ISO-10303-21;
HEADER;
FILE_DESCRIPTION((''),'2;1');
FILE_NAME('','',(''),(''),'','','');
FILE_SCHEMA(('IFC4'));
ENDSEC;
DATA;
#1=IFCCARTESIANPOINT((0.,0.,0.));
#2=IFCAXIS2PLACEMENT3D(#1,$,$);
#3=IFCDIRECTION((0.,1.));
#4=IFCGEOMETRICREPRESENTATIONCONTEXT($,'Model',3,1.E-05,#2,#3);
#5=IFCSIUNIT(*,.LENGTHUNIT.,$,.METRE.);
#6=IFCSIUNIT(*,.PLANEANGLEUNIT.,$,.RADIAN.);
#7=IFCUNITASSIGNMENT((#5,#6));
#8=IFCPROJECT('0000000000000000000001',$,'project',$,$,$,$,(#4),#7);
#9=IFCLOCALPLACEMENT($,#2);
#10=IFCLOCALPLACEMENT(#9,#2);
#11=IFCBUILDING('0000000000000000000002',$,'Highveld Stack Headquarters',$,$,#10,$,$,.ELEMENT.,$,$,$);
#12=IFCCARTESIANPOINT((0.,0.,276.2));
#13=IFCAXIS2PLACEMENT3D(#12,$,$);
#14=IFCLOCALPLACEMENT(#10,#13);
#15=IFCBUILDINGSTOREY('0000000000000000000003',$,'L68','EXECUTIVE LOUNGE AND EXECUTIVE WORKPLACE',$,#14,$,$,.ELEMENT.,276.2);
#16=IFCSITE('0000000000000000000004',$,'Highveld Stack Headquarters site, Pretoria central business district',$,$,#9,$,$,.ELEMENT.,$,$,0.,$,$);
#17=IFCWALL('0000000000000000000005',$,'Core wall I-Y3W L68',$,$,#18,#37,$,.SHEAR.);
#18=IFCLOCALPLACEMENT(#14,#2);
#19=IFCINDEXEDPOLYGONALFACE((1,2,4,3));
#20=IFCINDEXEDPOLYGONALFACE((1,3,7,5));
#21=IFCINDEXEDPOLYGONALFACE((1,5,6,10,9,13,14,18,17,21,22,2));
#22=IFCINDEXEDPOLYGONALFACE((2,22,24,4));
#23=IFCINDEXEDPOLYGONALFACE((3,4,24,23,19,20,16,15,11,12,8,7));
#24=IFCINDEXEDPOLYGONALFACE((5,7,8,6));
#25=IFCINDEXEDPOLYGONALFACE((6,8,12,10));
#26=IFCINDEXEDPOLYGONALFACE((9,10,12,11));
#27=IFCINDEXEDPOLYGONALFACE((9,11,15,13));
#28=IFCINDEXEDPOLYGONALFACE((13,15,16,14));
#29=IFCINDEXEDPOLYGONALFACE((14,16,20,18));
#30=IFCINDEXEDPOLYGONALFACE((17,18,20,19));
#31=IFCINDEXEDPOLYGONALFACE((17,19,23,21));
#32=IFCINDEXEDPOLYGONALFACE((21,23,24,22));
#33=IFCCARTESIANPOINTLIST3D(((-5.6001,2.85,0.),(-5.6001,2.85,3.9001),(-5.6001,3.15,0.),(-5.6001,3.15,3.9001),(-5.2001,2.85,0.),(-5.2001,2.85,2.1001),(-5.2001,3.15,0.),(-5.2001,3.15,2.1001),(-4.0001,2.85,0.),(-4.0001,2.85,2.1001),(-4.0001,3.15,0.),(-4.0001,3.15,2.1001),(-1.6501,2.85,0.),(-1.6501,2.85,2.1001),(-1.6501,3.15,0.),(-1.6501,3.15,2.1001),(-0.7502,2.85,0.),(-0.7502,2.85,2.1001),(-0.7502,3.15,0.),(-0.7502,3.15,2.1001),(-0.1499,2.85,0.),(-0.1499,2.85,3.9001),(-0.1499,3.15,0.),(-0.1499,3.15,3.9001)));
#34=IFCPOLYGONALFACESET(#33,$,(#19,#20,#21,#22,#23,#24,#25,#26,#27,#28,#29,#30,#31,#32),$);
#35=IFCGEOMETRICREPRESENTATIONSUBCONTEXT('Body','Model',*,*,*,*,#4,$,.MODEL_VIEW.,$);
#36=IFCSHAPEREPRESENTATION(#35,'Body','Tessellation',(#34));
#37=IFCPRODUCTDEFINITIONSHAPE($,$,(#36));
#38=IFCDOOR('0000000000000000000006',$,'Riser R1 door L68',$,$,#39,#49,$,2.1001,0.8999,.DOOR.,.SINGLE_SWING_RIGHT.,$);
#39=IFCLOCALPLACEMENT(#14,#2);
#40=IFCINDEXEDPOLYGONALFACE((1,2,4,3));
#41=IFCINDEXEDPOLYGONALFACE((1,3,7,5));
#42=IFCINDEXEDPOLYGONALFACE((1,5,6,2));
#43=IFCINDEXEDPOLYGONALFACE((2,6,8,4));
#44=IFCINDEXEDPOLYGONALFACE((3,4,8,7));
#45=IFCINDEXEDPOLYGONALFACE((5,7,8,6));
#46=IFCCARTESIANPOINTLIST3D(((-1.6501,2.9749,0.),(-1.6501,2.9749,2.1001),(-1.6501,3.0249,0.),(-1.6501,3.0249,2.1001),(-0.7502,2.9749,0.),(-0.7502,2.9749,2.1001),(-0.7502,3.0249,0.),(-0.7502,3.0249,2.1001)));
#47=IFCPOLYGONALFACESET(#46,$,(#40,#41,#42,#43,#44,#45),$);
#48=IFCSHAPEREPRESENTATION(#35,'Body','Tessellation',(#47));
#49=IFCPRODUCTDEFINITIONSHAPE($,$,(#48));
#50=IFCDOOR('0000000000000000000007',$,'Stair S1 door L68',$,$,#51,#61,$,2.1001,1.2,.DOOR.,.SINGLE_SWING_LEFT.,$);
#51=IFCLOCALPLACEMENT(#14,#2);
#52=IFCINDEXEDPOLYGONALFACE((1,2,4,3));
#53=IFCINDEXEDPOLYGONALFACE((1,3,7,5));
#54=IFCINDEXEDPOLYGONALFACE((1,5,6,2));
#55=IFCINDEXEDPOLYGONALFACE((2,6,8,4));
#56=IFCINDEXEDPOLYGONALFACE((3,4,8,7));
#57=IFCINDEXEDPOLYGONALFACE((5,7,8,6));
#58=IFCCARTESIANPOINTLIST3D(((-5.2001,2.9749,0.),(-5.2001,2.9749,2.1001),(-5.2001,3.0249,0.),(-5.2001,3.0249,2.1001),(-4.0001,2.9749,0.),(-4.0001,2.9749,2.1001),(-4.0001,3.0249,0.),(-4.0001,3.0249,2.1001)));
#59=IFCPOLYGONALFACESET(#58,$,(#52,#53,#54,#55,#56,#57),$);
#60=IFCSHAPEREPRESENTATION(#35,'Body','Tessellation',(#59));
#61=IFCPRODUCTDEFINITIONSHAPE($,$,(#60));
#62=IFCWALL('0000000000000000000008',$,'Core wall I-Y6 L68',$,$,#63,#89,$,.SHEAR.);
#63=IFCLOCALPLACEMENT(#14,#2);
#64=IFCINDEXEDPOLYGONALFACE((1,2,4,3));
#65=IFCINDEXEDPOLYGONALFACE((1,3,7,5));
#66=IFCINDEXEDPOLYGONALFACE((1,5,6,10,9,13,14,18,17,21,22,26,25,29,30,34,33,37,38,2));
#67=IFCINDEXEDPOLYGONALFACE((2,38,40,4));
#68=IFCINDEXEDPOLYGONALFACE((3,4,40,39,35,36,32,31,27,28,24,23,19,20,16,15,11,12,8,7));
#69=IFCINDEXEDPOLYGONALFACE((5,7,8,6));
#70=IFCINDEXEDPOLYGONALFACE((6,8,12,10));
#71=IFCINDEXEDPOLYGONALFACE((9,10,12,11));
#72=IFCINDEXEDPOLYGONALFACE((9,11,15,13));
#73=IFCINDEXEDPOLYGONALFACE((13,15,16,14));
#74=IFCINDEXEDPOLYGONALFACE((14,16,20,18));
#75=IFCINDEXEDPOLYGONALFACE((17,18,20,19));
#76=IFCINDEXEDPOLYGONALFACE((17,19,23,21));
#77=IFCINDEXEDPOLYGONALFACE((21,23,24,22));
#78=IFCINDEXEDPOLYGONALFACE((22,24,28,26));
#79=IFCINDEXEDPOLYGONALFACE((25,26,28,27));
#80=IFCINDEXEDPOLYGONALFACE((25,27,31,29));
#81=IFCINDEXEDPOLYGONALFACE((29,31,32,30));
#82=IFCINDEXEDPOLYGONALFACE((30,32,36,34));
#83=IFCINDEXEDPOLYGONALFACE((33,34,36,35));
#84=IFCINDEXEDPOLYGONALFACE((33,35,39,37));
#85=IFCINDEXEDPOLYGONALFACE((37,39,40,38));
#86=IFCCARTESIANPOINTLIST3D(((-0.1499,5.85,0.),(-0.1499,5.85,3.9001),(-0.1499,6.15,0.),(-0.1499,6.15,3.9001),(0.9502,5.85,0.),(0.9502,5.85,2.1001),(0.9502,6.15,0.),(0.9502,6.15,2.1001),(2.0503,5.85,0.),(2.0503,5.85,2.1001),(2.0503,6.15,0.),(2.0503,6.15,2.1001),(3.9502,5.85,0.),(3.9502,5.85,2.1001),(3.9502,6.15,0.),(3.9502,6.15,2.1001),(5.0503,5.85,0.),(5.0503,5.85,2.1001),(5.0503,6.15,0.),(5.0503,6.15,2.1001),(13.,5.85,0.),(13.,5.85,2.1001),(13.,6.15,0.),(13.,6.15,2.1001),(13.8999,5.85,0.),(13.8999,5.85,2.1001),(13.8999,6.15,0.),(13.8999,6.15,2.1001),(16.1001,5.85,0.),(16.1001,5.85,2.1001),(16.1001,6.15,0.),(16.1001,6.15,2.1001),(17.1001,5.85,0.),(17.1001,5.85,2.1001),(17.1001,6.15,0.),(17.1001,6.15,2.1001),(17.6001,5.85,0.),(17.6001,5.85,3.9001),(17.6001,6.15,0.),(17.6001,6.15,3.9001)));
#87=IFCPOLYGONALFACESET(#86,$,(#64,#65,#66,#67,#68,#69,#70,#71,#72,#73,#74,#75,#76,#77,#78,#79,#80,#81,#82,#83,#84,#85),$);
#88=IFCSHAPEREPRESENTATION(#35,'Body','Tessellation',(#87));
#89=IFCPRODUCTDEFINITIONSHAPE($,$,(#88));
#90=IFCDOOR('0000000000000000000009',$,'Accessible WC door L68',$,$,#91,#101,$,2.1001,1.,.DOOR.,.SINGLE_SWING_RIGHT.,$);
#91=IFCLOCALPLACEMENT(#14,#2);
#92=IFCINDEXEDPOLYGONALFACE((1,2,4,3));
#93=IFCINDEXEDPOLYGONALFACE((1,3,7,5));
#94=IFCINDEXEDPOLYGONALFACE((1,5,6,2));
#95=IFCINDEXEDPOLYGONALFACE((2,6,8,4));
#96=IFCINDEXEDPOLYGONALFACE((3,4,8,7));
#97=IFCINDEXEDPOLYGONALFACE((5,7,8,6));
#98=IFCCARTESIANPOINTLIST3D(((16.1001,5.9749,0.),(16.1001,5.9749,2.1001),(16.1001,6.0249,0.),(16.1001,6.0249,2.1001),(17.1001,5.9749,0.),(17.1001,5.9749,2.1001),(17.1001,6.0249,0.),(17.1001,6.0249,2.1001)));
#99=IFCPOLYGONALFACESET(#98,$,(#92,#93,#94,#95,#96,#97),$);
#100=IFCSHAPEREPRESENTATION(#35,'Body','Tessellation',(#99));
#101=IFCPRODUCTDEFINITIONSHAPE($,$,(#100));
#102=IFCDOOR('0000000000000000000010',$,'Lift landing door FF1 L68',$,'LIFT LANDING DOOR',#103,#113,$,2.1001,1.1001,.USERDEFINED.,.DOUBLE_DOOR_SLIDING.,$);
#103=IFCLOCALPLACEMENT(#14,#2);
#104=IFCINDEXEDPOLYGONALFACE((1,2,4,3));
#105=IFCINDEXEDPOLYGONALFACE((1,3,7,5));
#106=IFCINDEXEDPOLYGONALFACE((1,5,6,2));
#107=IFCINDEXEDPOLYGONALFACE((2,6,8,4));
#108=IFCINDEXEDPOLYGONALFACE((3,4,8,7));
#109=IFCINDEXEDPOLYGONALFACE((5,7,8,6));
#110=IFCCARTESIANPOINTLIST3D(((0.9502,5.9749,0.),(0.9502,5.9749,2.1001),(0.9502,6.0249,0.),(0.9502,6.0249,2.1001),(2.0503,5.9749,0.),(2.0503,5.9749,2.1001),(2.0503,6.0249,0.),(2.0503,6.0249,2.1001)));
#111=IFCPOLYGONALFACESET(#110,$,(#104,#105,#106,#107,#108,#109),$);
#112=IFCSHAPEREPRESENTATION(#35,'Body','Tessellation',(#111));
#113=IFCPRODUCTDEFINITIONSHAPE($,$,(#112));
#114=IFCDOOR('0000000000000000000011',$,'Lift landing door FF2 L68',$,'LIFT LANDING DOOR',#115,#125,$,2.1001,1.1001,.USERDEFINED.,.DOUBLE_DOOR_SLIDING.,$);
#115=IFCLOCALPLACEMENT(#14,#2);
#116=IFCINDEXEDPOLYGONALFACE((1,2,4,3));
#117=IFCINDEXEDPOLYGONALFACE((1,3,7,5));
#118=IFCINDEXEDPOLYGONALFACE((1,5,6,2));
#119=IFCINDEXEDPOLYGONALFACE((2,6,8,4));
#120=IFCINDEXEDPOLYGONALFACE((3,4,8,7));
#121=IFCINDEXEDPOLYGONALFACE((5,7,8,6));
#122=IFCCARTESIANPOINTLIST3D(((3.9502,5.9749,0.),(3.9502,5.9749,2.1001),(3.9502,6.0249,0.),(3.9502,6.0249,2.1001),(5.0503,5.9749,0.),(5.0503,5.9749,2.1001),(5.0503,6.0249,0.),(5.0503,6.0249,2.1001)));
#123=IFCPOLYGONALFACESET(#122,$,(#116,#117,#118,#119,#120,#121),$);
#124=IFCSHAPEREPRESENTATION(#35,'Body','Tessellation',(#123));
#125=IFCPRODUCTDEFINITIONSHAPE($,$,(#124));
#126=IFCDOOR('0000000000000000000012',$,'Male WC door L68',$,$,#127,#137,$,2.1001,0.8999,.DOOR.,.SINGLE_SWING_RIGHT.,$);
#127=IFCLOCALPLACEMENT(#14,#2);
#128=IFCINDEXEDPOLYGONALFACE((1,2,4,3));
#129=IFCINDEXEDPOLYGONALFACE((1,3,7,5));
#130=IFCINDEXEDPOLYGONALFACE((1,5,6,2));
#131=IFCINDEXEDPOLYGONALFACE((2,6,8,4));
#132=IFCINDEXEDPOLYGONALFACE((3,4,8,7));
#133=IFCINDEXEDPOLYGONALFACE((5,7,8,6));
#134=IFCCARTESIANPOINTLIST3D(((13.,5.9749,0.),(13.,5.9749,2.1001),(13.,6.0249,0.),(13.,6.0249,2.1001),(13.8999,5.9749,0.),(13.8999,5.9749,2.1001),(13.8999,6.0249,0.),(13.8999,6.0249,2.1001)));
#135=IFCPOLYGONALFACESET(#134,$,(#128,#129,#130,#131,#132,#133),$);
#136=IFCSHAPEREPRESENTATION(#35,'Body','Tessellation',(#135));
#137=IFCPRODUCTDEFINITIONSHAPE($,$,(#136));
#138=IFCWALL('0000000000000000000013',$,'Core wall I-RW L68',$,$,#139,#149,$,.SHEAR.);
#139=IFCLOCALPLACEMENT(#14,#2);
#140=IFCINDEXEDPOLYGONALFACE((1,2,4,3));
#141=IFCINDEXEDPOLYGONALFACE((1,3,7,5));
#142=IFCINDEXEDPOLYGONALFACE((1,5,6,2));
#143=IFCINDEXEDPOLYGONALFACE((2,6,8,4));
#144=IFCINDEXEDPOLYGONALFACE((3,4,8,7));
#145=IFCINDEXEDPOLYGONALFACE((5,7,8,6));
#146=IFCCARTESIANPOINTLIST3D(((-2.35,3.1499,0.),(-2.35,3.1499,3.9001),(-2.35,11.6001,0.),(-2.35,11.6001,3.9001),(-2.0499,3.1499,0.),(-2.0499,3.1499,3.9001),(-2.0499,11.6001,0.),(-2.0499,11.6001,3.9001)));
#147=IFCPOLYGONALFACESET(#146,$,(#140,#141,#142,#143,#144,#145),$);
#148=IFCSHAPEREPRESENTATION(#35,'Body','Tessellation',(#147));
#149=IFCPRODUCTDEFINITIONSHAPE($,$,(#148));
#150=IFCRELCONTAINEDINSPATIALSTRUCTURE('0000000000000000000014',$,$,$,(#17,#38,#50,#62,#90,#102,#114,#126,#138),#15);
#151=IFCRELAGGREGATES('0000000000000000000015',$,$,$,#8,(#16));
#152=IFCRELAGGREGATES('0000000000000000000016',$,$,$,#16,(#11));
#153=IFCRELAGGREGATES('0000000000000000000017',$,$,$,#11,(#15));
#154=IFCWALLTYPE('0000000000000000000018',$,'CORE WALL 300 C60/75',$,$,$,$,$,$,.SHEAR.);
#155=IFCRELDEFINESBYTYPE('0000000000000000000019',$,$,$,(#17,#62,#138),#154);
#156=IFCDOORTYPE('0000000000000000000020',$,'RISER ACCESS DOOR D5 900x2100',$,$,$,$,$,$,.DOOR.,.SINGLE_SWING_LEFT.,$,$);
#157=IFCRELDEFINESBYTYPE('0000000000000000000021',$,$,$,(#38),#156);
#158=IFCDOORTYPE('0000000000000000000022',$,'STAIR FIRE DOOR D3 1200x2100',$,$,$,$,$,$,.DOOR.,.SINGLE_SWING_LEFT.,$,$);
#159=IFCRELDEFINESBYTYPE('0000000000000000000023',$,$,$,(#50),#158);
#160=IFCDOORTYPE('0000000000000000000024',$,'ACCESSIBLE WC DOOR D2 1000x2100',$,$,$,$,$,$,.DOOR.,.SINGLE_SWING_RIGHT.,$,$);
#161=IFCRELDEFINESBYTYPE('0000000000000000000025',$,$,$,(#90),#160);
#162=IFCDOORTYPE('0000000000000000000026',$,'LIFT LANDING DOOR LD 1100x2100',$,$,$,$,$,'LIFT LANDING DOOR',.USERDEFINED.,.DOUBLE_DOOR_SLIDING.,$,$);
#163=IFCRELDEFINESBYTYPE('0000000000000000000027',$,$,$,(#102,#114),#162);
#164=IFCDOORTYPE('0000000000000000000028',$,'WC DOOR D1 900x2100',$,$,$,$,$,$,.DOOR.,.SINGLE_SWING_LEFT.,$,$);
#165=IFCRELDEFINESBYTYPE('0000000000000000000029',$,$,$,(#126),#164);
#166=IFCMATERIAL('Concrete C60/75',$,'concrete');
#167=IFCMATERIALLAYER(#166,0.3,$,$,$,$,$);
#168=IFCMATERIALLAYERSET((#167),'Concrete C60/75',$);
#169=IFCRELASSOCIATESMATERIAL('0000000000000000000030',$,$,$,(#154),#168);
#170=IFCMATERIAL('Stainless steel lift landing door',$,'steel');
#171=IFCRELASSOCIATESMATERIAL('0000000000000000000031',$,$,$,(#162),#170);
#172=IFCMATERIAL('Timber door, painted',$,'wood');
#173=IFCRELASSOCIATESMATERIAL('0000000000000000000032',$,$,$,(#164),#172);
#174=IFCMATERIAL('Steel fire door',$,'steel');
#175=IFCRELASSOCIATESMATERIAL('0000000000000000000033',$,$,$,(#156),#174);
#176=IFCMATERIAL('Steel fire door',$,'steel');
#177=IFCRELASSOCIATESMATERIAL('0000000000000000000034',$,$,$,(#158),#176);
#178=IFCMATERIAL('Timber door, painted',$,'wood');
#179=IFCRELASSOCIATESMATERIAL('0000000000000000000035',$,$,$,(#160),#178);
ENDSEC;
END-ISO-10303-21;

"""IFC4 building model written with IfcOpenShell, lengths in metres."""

from ifc_helpers import new_model, si_unit, direction, frame, frame_2d, origin, place, context, subcontext, project, spatial, rectangle, extrude, material, layer, layer_set, type_object, element, fill, save


model = new_model("IFC4")

# Units and contexts
model_context = context("Model", 3, precision=1e-05, world=origin(), true_north=direction((0.0, 1.0)))
body_context = subcontext(model_context, "Body", "Model", "MODEL_VIEW")
ifc_project = project(units=[si_unit("LENGTHUNIT", "METRE"), si_unit("PLANEANGLEUNIT", "RADIAN")], contexts=[model_context])

# Site, building, storey
site_placement = place(None, origin())
site = spatial("IfcSite", under=ifc_project, at=site_placement, Name="Highveld Stack Headquarters site, Pretoria central business district", CompositionType="ELEMENT", RefElevation=0.0)
building_placement = place(site_placement, origin())
building = spatial("IfcBuilding", under=site, at=building_placement, Name="Highveld Stack Headquarters", CompositionType="ELEMENT")
storey_placement = place(building_placement, frame((0.0, 0.0, 276.2)))
storey = spatial("IfcBuildingStorey", under=building, at=storey_placement, Name="L68", Description="EXECUTIVE LOUNGE AND EXECUTIVE WORKPLACE", CompositionType="ELEMENT", Elevation=276.2)

# Walls, openings, doors
ifc_material_1 = material(Name="Concrete C60/75", Category="concrete")
ifc_layer = layer(ifc_material_1, 0.3)
ifc_layer_set = layer_set([ifc_layer], Name="Concrete C60/75")
wall_type = type_object("IfcWallType", Name="CORE WALL 300 C60/75", PredefinedType="SHEAR", material=ifc_layer_set)
ifc_material_2 = material(Name="Stainless steel lift landing door", Category="steel")
door_type_1 = type_object("IfcDoorType", Name="LIFT LANDING DOOR LD 1100x2100", ElementType="LIFT LANDING DOOR", OperationType="DOUBLE_DOOR_SLIDING", PredefinedType="USERDEFINED", material=ifc_material_2)
ifc_material_3 = material(Name="Timber door, painted", Category="wood")
door_type_2 = type_object("IfcDoorType", Name="WC DOOR D1 900x2100", OperationType="SINGLE_SWING_LEFT", PredefinedType="DOOR", material=ifc_material_3)
wall_1_placement = place(storey_placement, frame((-5.6001, 3.0, 0.0), z_axis=(0.0, 0.0, 1.0), x_axis=(1.0, 0.0, 0.0)))
wall_1 = element("IfcWall", 1, at=wall_1_placement, inside=storey, type_object=wall_type, Name="Core wall I-Y3W L68", PredefinedType="SHEAR", context=body_context, shape_type="SweptSolid", body=[
    extrude(rectangle(XDim=5.4502, YDim=0.3, at=frame_2d((2.7251, 0.0))), origin(), (0.0, 0.0, 1.0), 3.9001),
])
opening_1_placement = place(wall_1_placement, frame((0.3999, 0.0, 0.0)))
opening_1 = element("IfcOpeningElement", 2, at=opening_1_placement, cuts=wall_1, PredefinedType="OPENING", context=body_context, shape_type="SweptSolid", body=[
    extrude(rectangle(XDim=1.2, YDim=2.1001, at=frame_2d((0.6001, 1.05))), frame((0.0, 0.1599, 0.0), z_axis=(0.0, -1.0, 0.0), x_axis=(1.0, 0.0, 0.0)), (0.0, 0.0, 1.0), 0.3201),
])
opening_2_placement = place(wall_1_placement, frame((3.95, 0.0, 0.0)))
opening_2 = element("IfcOpeningElement", 3, at=opening_2_placement, cuts=wall_1, PredefinedType="OPENING", context=body_context, shape_type="SweptSolid", body=[
    extrude(rectangle(XDim=0.8999, YDim=2.1001, at=frame_2d((0.45, 1.05))), frame((0.0, 0.1599, 0.0), z_axis=(0.0, -1.0, 0.0), x_axis=(1.0, 0.0, 0.0)), (0.0, 0.0, 1.0), 0.3201),
])
ifc_material_4 = material(Name="Steel fire door", Category="steel")
door_type_3 = type_object("IfcDoorType", Name="RISER ACCESS DOOR D5 900x2100", OperationType="SINGLE_SWING_LEFT", PredefinedType="DOOR", material=ifc_material_4)
door_1_placement = place(opening_2_placement, origin())
door_1 = element("IfcDoor", 4, at=door_1_placement, inside=storey, type_object=door_type_3, Name="Riser R1 door L68", OperationType="SINGLE_SWING_RIGHT", OverallHeight=2.1001, OverallWidth=0.8999, PredefinedType="DOOR", context=body_context, shape_type="SweptSolid", body=[
    extrude(rectangle(XDim=0.8999, YDim=2.1001, at=frame_2d((0.45, 1.05))), frame((0.0, 0.0249, 0.0), z_axis=(0.0, -1.0, 0.0), x_axis=(1.0, 0.0, 0.0)), (0.0, 0.0, 1.0), 0.05),
])
fill(opening_2, door_1)
ifc_material_5 = material(Name="Steel fire door", Category="steel")
door_type_4 = type_object("IfcDoorType", Name="STAIR FIRE DOOR D3 1200x2100", OperationType="SINGLE_SWING_LEFT", PredefinedType="DOOR", material=ifc_material_5)
door_2_placement = place(opening_1_placement, origin())
door_2 = element("IfcDoor", 5, at=door_2_placement, inside=storey, type_object=door_type_4, Name="Stair S1 door L68", OperationType="SINGLE_SWING_LEFT", OverallHeight=2.1001, OverallWidth=1.2, PredefinedType="DOOR", context=body_context, shape_type="SweptSolid", body=[
    extrude(rectangle(XDim=1.2, YDim=2.1001, at=frame_2d((0.6001, 1.05))), frame((0.0, 0.0249, 0.0), z_axis=(0.0, -1.0, 0.0), x_axis=(1.0, 0.0, 0.0)), (0.0, 0.0, 1.0), 0.05),
])
fill(opening_1, door_2)
wall_2_placement = place(storey_placement, frame((-0.1499, 6.0, 0.0), z_axis=(0.0, 0.0, 1.0), x_axis=(1.0, 0.0, 0.0)))
wall_2 = element("IfcWall", 6, at=wall_2_placement, inside=storey, type_object=wall_type, Name="Core wall I-Y6 L68", PredefinedType="SHEAR", context=body_context, shape_type="SweptSolid", body=[
    extrude(rectangle(XDim=17.75, YDim=0.3, at=frame_2d((8.875, 0.0))), origin(), (0.0, 0.0, 1.0), 3.9001),
])
opening_3_placement = place(wall_2_placement, frame((13.1499, 0.0, 0.0)))
opening_3 = element("IfcOpeningElement", 7, at=opening_3_placement, cuts=wall_2, PredefinedType="OPENING", context=body_context, shape_type="SweptSolid", body=[
    extrude(rectangle(XDim=0.8999, YDim=2.1001, at=frame_2d((0.45, 1.05))), frame((0.0, 0.1599, 0.0), z_axis=(0.0, -1.0, 0.0), x_axis=(1.0, 0.0, 0.0)), (0.0, 0.0, 1.0), 0.3201),
])
opening_4_placement = place(wall_2_placement, frame((16.25, 0.0, 0.0)))
opening_4 = element("IfcOpeningElement", 8, at=opening_4_placement, cuts=wall_2, PredefinedType="OPENING", context=body_context, shape_type="SweptSolid", body=[
    extrude(rectangle(XDim=1.0, YDim=2.1001, at=frame_2d((0.5, 1.05))), frame((0.0, 0.1599, 0.0), z_axis=(0.0, -1.0, 0.0), x_axis=(1.0, 0.0, 0.0)), (0.0, 0.0, 1.0), 0.3201),
])
opening_5_placement = place(wall_2_placement, frame((1.1001, 0.0, 0.0)))
opening_5 = element("IfcOpeningElement", 9, at=opening_5_placement, cuts=wall_2, PredefinedType="OPENING", context=body_context, shape_type="SweptSolid", body=[
    extrude(rectangle(XDim=1.1001, YDim=2.1001, at=frame_2d((0.55, 1.05))), frame((0.0, 0.1599, 0.0), z_axis=(0.0, -1.0, 0.0), x_axis=(1.0, 0.0, 0.0)), (0.0, 0.0, 1.0), 0.3201),
])
opening_6_placement = place(wall_2_placement, frame((4.1001, 0.0, 0.0)))
opening_6 = element("IfcOpeningElement", 10, at=opening_6_placement, cuts=wall_2, PredefinedType="OPENING", context=body_context, shape_type="SweptSolid", body=[
    extrude(rectangle(XDim=1.1001, YDim=2.1001, at=frame_2d((0.55, 1.05))), frame((0.0, 0.1599, 0.0), z_axis=(0.0, -1.0, 0.0), x_axis=(1.0, 0.0, 0.0)), (0.0, 0.0, 1.0), 0.3201),
])
ifc_material_6 = material(Name="Timber door, painted", Category="wood")
door_type_5 = type_object("IfcDoorType", Name="ACCESSIBLE WC DOOR D2 1000x2100", OperationType="SINGLE_SWING_RIGHT", PredefinedType="DOOR", material=ifc_material_6)
door_3_placement = place(opening_4_placement, origin())
door_3 = element("IfcDoor", 11, at=door_3_placement, inside=storey, type_object=door_type_5, Name="Accessible WC door L68", OperationType="SINGLE_SWING_RIGHT", OverallHeight=2.1001, OverallWidth=1.0, PredefinedType="DOOR", context=body_context, shape_type="SweptSolid", body=[
    extrude(rectangle(XDim=1.0, YDim=2.1001, at=frame_2d((0.5, 1.05))), frame((0.0, 0.0249, 0.0), z_axis=(0.0, -1.0, 0.0), x_axis=(1.0, 0.0, 0.0)), (0.0, 0.0, 1.0), 0.05),
])
fill(opening_4, door_3)
door_4_placement = place(opening_5_placement, origin())
door_4 = element("IfcDoor", 12, at=door_4_placement, inside=storey, type_object=door_type_1, Name="Lift landing door FF1 L68", ObjectType="LIFT LANDING DOOR", OperationType="DOUBLE_DOOR_SLIDING", OverallHeight=2.1001, OverallWidth=1.1001, PredefinedType="USERDEFINED", context=body_context, shape_type="SweptSolid", body=[
    extrude(rectangle(XDim=1.1001, YDim=2.1001, at=frame_2d((0.55, 1.05))), frame((0.0, 0.0249, 0.0), z_axis=(0.0, -1.0, 0.0), x_axis=(1.0, 0.0, 0.0)), (0.0, 0.0, 1.0), 0.05),
])
fill(opening_5, door_4)
door_5_placement = place(opening_6_placement, origin())
door_5 = element("IfcDoor", 13, at=door_5_placement, inside=storey, type_object=door_type_1, Name="Lift landing door FF2 L68", ObjectType="LIFT LANDING DOOR", OperationType="DOUBLE_DOOR_SLIDING", OverallHeight=2.1001, OverallWidth=1.1001, PredefinedType="USERDEFINED", context=body_context, shape_type="SweptSolid", body=[
    extrude(rectangle(XDim=1.1001, YDim=2.1001, at=frame_2d((0.55, 1.05))), frame((0.0, 0.0249, 0.0), z_axis=(0.0, -1.0, 0.0), x_axis=(1.0, 0.0, 0.0)), (0.0, 0.0, 1.0), 0.05),
])
fill(opening_6, door_5)
door_6_placement = place(opening_3_placement, origin())
door_6 = element("IfcDoor", 14, at=door_6_placement, inside=storey, type_object=door_type_2, Name="Male WC door L68", OperationType="SINGLE_SWING_RIGHT", OverallHeight=2.1001, OverallWidth=0.8999, PredefinedType="DOOR", context=body_context, shape_type="SweptSolid", body=[
    extrude(rectangle(XDim=0.8999, YDim=2.1001, at=frame_2d((0.45, 1.05))), frame((0.0, 0.0249, 0.0), z_axis=(0.0, -1.0, 0.0), x_axis=(1.0, 0.0, 0.0)), (0.0, 0.0, 1.0), 0.05),
])
fill(opening_3, door_6)

# Wall
wall_3_placement = place(storey_placement, frame((-2.2, 3.1499, 0.0), z_axis=(0.0, 0.0, 1.0), x_axis=(0.0, 1.0, 0.0)))
element("IfcWall", 15, at=wall_3_placement, inside=storey, type_object=wall_type, Name="Core wall I-RW L68", PredefinedType="SHEAR", context=body_context, shape_type="SweptSolid", body=[
    extrude(rectangle(XDim=8.4502, YDim=0.3, at=frame_2d((4.2251, 0.0))), origin(), (0.0, 0.0, 1.0), 3.9001),
])

save(model, "model.ifc")
